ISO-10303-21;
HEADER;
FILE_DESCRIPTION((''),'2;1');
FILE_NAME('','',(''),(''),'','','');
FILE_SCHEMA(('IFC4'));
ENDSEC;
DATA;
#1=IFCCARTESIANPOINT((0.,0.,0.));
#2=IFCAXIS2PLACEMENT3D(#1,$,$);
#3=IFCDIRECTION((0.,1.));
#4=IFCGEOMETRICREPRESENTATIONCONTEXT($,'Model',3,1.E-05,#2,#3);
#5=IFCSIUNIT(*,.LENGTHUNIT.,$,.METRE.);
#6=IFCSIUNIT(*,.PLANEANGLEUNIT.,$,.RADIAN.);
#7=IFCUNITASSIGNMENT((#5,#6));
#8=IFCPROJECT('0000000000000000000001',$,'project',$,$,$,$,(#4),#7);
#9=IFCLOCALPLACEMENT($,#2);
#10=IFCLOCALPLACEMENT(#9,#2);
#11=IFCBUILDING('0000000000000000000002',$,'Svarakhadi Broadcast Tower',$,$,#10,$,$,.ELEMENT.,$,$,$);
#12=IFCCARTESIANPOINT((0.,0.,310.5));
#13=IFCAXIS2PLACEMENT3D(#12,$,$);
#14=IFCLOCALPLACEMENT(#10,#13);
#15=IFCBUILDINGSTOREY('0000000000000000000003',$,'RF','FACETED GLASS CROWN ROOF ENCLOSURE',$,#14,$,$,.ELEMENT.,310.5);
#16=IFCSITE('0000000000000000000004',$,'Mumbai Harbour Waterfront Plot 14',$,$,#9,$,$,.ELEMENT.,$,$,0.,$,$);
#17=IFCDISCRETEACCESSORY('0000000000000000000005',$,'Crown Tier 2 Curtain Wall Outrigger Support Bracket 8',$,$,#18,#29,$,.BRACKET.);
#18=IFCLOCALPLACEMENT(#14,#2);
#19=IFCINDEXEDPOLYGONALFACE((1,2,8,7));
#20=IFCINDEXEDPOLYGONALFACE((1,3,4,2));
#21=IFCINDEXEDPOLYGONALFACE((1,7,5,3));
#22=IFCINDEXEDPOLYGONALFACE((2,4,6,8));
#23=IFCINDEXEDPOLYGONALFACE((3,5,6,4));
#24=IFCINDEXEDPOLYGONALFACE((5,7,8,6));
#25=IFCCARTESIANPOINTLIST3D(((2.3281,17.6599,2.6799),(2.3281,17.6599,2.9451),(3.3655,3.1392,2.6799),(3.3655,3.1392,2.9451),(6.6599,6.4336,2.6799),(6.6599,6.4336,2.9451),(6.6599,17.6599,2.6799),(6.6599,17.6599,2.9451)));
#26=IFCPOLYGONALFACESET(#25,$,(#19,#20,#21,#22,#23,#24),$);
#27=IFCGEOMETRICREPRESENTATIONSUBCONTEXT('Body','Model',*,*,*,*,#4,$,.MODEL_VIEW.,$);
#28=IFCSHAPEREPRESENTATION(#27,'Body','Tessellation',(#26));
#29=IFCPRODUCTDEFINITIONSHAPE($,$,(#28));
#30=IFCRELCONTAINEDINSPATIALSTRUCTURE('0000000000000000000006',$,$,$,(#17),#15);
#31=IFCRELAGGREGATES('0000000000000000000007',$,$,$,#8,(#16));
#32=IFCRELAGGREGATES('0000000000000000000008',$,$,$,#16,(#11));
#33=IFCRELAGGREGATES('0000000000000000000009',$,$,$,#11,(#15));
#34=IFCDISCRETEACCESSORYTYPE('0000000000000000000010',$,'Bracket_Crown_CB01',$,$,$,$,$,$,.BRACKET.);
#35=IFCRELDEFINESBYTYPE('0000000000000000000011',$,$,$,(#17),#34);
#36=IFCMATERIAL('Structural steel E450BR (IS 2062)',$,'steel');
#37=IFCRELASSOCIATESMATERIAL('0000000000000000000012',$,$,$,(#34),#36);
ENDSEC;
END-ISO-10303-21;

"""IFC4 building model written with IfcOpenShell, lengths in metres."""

from ifc_helpers import new_model, si_unit, direction, frame, origin, place, context, subcontext, project, spatial, polyline, outline, extrude, material, type_object, element, save


model = new_model("IFC4")

# Units and contexts
model_context = context("Model", 3, precision=1e-05, world=origin(), true_north=direction((0.0, 1.0)))
body_context = subcontext(model_context, "Body", "Model", "MODEL_VIEW")
ifc_project = project(units=[si_unit("LENGTHUNIT", "METRE"), si_unit("PLANEANGLEUNIT", "RADIAN")], contexts=[model_context])

# Site, building, storey
site_placement = place(None, origin())
site = spatial("IfcSite", under=ifc_project, at=site_placement, Name="Mumbai Harbour Waterfront Plot 14", CompositionType="ELEMENT", RefElevation=0.0)
building_placement = place(site_placement, origin())
building = spatial("IfcBuilding", under=site, at=building_placement, Name="Svarakhadi Broadcast Tower", CompositionType="ELEMENT")
storey_placement = place(building_placement, frame((0.0, 0.0, 310.5)))
storey = spatial("IfcBuildingStorey", under=building, at=storey_placement, Name="RF", Description="FACETED GLASS CROWN ROOF ENCLOSURE", CompositionType="ELEMENT", Elevation=310.5)

# Discrete accessory
ifc_material_1 = material(Name="Structural steel E450BR (IS 2062)", Category="steel")
discrete_accessory_type = type_object("IfcDiscreteAccessoryType", Name="Bracket_Crown_CB01", PredefinedType="BRACKET", material=ifc_material_1)
discrete_accessory_1_placement = place(storey_placement, frame((0.0, 0.0, 2.6799)))
element("IfcDiscreteAccessory", 1, at=discrete_accessory_1_placement, inside=storey, type_object=discrete_accessory_type, Name="Crown Tier 2 Curtain Wall Outrigger Support Bracket 8", PredefinedType="BRACKET", context=body_context, shape_type="SweptSolid", body=[
    extrude(outline(polyline([(3.3655, 3.1392), (2.3281, 17.6599), (6.6599, 17.6599), (6.6599, 6.4336), (3.3655, 3.1392)])), origin(), (0.0, 0.0, 1.0), 0.2651),
])

save(model, "model.ifc")
